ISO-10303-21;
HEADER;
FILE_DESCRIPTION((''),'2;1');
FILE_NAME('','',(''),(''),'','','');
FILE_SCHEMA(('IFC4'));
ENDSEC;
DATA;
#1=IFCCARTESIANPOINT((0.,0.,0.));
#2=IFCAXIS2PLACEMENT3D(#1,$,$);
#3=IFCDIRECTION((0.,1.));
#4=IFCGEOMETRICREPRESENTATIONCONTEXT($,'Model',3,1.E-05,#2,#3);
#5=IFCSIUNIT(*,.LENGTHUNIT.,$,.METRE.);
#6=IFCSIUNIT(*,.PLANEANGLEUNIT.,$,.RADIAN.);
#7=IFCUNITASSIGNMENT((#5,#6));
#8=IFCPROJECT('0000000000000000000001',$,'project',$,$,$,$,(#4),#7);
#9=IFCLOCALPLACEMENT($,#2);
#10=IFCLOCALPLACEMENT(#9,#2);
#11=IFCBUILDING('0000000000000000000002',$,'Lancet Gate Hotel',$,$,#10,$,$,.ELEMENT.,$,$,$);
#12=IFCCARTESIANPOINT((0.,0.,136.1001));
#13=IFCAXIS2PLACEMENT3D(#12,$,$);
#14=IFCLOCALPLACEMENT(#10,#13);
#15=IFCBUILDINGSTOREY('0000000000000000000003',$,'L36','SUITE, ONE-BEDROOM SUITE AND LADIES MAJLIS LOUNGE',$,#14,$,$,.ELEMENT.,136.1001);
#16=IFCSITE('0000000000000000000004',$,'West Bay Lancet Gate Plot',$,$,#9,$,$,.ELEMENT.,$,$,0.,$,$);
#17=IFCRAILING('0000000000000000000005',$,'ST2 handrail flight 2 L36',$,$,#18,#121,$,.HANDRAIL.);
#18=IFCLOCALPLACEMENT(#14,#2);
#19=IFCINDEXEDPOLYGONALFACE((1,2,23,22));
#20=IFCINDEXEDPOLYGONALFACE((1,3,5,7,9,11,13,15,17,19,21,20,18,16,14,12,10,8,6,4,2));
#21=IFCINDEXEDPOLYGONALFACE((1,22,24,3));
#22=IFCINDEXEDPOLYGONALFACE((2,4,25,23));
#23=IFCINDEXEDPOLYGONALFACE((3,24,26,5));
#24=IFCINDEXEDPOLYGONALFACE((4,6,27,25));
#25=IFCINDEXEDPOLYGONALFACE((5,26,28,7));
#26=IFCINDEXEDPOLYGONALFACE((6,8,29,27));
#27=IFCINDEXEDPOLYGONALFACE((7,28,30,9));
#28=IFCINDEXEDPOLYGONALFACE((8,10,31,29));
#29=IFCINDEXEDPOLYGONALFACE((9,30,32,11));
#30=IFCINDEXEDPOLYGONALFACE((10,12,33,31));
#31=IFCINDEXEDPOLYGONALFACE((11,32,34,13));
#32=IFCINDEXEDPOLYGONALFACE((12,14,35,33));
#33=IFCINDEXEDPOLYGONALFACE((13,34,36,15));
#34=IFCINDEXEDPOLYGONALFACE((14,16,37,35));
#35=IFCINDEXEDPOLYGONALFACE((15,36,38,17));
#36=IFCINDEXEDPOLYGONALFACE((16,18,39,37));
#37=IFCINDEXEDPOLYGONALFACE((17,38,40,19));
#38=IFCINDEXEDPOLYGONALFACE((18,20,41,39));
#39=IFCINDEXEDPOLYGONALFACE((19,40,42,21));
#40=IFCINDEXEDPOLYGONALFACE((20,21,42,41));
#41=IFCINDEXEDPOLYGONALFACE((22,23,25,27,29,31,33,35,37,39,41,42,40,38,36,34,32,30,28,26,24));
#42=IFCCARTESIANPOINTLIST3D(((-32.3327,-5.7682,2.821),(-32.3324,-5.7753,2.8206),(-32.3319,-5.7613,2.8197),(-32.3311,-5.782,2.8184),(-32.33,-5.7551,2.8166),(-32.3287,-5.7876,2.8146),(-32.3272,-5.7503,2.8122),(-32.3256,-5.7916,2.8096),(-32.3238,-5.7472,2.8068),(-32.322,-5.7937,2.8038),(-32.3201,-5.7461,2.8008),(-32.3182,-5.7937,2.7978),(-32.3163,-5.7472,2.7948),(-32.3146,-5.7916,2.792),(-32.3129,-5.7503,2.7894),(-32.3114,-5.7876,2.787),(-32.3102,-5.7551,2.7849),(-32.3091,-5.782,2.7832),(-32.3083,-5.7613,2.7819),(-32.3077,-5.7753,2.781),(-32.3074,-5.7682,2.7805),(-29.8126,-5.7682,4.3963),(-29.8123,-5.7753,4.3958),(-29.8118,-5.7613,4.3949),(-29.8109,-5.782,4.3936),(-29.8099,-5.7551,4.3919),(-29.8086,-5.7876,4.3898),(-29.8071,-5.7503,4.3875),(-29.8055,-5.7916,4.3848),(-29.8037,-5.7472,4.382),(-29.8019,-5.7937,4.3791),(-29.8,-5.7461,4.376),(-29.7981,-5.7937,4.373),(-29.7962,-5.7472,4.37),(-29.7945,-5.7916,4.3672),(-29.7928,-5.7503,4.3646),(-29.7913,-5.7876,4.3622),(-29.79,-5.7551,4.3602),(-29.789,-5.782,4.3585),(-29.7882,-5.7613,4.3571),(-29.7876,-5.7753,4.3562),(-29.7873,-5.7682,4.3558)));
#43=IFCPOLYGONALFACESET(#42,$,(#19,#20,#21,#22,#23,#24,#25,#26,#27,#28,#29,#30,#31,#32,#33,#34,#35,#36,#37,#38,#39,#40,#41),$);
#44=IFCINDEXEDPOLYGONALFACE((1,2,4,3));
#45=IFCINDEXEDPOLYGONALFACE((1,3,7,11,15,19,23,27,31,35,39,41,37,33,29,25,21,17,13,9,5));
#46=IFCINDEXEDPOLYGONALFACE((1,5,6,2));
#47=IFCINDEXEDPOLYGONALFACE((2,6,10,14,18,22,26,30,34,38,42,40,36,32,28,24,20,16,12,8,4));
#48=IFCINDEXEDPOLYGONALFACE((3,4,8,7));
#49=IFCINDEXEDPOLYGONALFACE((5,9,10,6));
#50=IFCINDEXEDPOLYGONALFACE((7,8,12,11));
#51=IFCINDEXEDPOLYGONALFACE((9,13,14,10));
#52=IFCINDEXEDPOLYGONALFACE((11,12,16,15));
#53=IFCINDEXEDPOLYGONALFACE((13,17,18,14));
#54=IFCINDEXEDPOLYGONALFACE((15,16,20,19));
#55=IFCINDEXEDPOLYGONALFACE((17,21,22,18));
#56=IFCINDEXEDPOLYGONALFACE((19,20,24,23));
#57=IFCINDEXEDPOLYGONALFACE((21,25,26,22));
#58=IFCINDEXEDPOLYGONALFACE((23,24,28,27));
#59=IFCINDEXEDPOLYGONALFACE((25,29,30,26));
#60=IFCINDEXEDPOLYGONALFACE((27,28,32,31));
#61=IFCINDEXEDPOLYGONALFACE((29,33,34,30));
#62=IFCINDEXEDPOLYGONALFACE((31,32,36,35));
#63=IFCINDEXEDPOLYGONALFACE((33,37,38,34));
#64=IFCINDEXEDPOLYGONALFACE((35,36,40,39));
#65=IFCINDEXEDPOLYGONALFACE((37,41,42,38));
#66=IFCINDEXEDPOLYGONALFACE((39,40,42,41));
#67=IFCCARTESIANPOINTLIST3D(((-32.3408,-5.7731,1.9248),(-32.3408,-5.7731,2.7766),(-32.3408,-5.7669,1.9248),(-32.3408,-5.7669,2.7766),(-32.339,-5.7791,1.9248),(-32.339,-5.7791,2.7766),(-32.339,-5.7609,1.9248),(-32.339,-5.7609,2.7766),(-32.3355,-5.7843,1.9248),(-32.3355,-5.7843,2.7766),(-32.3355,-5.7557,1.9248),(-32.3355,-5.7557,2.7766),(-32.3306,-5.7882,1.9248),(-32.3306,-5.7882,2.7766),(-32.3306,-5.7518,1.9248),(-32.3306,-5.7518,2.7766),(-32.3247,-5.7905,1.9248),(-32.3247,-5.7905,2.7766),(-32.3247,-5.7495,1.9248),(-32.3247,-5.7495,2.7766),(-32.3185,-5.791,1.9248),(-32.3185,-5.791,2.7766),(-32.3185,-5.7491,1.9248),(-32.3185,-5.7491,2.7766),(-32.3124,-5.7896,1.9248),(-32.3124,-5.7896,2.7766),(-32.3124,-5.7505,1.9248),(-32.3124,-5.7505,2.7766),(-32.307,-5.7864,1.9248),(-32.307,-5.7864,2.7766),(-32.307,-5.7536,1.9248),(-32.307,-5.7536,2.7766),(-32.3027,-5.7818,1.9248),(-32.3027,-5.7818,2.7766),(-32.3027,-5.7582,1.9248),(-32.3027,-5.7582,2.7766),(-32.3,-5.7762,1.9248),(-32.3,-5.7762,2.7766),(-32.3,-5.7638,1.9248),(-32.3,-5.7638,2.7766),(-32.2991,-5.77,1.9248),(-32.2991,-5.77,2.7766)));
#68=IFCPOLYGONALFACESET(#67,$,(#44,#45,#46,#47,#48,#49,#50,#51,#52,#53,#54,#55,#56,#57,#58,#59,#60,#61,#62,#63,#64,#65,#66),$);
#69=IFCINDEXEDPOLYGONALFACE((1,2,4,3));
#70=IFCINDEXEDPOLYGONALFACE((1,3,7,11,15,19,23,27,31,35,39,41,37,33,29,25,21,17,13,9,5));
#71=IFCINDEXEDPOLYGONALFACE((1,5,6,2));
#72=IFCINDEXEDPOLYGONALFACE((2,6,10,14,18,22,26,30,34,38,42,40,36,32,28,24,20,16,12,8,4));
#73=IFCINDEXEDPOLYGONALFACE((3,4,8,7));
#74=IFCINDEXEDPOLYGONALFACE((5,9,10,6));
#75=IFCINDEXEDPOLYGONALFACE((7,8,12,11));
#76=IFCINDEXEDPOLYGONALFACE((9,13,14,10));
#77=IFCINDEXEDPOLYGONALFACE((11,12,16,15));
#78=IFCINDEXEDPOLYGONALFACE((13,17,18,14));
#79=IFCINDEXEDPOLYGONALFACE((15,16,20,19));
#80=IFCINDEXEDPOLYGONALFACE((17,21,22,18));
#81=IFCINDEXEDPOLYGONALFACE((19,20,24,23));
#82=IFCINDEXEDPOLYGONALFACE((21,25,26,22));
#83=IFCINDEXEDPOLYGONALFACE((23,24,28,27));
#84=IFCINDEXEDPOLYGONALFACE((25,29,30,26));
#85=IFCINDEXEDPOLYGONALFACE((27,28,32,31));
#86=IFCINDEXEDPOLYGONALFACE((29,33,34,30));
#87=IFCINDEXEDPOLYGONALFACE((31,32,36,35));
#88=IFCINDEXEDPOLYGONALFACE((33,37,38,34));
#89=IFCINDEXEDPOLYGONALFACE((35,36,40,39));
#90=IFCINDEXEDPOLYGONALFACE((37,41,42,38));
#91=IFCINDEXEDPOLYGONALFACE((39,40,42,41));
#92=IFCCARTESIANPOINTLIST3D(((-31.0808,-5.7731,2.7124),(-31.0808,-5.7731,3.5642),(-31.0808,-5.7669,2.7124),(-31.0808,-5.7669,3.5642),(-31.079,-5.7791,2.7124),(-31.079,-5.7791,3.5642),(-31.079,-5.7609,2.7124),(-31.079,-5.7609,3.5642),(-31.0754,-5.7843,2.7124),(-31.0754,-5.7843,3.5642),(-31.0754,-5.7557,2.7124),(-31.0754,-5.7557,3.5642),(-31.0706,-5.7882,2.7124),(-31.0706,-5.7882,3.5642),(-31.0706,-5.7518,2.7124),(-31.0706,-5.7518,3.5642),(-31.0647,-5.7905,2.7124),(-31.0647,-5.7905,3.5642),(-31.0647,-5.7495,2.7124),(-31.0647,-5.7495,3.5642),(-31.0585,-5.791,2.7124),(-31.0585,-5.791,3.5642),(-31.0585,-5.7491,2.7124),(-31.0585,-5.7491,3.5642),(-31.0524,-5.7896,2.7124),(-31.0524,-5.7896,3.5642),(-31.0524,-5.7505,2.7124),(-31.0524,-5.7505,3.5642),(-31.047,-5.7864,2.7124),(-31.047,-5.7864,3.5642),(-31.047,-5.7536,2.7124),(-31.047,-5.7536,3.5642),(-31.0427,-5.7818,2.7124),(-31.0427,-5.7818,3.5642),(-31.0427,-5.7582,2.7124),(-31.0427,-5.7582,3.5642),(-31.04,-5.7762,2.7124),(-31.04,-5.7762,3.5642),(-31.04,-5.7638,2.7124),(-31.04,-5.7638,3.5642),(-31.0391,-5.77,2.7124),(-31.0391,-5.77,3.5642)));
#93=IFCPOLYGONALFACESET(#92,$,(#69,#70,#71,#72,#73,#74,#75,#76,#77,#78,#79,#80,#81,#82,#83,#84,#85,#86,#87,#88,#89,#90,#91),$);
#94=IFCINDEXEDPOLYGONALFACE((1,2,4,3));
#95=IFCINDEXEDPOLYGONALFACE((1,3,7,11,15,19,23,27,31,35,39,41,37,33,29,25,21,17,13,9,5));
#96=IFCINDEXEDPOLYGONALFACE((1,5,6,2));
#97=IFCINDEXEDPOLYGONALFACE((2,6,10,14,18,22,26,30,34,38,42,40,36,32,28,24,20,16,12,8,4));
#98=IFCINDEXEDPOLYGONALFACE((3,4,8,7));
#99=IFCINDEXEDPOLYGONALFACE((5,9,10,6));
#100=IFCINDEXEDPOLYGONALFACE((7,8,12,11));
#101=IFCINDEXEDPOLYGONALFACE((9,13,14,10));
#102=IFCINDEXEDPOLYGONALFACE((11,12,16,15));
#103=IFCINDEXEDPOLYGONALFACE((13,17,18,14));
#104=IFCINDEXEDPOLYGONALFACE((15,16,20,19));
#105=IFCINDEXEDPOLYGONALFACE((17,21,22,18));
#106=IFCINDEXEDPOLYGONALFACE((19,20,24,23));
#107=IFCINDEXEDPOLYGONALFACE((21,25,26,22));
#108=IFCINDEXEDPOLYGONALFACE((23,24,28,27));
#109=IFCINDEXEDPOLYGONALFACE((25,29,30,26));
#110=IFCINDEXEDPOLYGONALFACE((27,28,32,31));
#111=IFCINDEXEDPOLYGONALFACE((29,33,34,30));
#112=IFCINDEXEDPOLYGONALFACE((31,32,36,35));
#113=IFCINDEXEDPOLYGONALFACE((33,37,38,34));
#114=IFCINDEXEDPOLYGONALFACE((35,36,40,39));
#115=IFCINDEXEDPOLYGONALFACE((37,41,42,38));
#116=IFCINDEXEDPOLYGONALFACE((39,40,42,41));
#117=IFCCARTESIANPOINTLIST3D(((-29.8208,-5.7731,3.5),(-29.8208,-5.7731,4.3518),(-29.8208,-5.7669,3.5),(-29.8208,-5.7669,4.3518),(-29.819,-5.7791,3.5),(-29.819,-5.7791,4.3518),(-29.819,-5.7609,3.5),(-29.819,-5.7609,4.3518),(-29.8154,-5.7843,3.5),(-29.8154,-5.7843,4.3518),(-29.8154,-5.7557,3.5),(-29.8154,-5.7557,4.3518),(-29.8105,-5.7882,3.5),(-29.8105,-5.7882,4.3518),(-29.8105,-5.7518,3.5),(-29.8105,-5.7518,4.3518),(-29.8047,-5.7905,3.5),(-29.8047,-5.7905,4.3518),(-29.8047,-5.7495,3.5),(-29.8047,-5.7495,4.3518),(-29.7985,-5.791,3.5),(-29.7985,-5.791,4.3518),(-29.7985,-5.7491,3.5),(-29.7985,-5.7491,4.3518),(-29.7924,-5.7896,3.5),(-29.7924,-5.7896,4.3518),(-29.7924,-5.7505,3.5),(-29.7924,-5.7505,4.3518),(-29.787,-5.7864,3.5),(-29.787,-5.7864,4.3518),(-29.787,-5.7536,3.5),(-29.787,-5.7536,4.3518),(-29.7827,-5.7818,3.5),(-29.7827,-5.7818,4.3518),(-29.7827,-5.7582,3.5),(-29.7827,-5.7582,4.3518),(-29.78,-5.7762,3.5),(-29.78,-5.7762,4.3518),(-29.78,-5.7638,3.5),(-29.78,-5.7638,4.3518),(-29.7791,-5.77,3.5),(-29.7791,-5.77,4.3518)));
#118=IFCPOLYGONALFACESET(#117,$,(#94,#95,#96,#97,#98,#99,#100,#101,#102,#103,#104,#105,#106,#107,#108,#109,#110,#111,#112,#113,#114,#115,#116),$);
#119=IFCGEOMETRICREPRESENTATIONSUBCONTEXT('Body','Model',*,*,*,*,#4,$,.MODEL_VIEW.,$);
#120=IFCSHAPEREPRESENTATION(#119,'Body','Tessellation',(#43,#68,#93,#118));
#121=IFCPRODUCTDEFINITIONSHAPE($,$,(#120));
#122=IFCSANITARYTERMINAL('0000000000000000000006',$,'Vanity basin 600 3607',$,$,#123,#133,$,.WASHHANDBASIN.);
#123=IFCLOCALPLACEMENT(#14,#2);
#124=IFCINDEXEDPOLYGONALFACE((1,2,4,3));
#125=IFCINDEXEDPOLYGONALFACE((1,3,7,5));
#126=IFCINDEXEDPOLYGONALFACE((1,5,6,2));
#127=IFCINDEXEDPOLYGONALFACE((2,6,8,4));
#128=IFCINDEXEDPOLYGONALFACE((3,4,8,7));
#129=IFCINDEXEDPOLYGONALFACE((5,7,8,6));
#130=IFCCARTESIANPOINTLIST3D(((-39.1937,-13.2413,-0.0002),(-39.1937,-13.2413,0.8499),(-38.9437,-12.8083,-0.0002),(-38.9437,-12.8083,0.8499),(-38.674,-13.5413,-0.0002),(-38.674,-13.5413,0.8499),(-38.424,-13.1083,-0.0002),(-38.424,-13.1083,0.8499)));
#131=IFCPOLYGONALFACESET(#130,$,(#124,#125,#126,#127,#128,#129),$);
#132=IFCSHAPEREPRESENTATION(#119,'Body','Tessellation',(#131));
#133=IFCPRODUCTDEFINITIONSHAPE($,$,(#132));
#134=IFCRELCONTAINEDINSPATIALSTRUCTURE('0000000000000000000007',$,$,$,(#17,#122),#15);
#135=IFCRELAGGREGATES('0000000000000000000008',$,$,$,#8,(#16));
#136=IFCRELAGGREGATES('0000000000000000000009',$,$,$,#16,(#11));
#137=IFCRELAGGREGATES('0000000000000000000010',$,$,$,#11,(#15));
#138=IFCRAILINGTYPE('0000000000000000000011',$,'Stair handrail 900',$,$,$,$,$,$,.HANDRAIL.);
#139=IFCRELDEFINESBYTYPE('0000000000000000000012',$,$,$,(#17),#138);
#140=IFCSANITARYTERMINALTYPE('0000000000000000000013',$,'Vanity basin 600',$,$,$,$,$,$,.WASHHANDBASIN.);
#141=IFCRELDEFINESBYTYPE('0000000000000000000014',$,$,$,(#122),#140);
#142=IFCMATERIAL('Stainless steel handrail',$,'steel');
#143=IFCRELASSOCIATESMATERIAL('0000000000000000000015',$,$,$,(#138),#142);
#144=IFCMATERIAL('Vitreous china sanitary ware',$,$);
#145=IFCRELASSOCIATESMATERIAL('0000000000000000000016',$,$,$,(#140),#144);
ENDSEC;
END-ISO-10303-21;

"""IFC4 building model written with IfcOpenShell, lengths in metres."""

from ifc_helpers import new_model, si_unit, direction, frame, origin, origin_2d, place, context, subcontext, project, spatial, rectangle, circle, extrude, material, type_object, element, save


model = new_model("IFC4")

# Units and contexts
model_context = context("Model", 3, precision=1e-05, world=origin(), true_north=direction((0.0, 1.0)))
body_context = subcontext(model_context, "Body", "Model", "MODEL_VIEW")
ifc_project = project(units=[si_unit("LENGTHUNIT", "METRE"), si_unit("PLANEANGLEUNIT", "RADIAN")], contexts=[model_context])

# Site, building, storey
site_placement = place(None, origin())
site = spatial("IfcSite", under=ifc_project, at=site_placement, Name="West Bay Lancet Gate Plot", CompositionType="ELEMENT", RefElevation=0.0)
building_placement = place(site_placement, origin())
building = spatial("IfcBuilding", under=site, at=building_placement, Name="Lancet Gate Hotel", CompositionType="ELEMENT")
storey_placement = place(building_placement, frame((0.0, 0.0, 136.1001)))
storey = spatial("IfcBuildingStorey", under=building, at=storey_placement, Name="L36", Description="SUITE, ONE-BEDROOM SUITE AND LADIES MAJLIS LOUNGE", CompositionType="ELEMENT", Elevation=136.1001)

# Railing
ifc_material_1 = material(Name="Stainless steel handrail", Category="steel")
railing_type = type_object("IfcRailingType", Name="Stair handrail 900", PredefinedType="HANDRAIL", material=ifc_material_1)
railing_placement = place(storey_placement, frame((-32.3201, -5.77, 1.9248)))
element("IfcRailing", 1, at=railing_placement, inside=storey, type_object=railing_type, Name="ST2 handrail flight 2 L36", PredefinedType="HANDRAIL", context=body_context, shape_type="SweptSolid", body=[
    extrude(circle(Radius=0.0239, at=origin_2d()), frame((0.0, 0.0, 0.876), z_axis=(0.847971, 0.0, 0.530043), x_axis=(0.0, 1.0, 0.0)), (0.0, 0.0, 1.0), 2.9719),
    extrude(circle(Radius=0.021, at=origin_2d()), origin(), (0.0, 0.0, 1.0), 0.8518),
    extrude(circle(Radius=0.021, at=origin_2d()), frame((1.26, 0.0, 0.7876)), (0.0, 0.0, 1.0), 0.8518),
    extrude(circle(Radius=0.021, at=origin_2d()), frame((2.52, 0.0, 1.5752)), (0.0, 0.0, 1.0), 0.8518),
])

# Sanitary terminal
ifc_material_2 = material(Name="Vitreous china sanitary ware")
sanitary_terminal_type = type_object("IfcSanitaryTerminalType", Name="Vanity basin 600", PredefinedType="WASHHANDBASIN", material=ifc_material_2)
sanitary_terminal_placement = place(storey_placement, frame((-38.8088, -13.1748, -0.0002), z_axis=(0.0, 0.0, 1.0), x_axis=(-0.866025, 0.5, 0.0)))
element("IfcSanitaryTerminal", 2, at=sanitary_terminal_placement, inside=storey, type_object=sanitary_terminal_type, Name="Vanity basin 600 3607", PredefinedType="WASHHANDBASIN", context=body_context, shape_type="SweptSolid", body=[
    extrude(rectangle(XDim=0.6001, YDim=0.5, at=origin_2d()), origin(), (0.0, 0.0, 1.0), 0.8501),
])

save(model, "model.ifc")
